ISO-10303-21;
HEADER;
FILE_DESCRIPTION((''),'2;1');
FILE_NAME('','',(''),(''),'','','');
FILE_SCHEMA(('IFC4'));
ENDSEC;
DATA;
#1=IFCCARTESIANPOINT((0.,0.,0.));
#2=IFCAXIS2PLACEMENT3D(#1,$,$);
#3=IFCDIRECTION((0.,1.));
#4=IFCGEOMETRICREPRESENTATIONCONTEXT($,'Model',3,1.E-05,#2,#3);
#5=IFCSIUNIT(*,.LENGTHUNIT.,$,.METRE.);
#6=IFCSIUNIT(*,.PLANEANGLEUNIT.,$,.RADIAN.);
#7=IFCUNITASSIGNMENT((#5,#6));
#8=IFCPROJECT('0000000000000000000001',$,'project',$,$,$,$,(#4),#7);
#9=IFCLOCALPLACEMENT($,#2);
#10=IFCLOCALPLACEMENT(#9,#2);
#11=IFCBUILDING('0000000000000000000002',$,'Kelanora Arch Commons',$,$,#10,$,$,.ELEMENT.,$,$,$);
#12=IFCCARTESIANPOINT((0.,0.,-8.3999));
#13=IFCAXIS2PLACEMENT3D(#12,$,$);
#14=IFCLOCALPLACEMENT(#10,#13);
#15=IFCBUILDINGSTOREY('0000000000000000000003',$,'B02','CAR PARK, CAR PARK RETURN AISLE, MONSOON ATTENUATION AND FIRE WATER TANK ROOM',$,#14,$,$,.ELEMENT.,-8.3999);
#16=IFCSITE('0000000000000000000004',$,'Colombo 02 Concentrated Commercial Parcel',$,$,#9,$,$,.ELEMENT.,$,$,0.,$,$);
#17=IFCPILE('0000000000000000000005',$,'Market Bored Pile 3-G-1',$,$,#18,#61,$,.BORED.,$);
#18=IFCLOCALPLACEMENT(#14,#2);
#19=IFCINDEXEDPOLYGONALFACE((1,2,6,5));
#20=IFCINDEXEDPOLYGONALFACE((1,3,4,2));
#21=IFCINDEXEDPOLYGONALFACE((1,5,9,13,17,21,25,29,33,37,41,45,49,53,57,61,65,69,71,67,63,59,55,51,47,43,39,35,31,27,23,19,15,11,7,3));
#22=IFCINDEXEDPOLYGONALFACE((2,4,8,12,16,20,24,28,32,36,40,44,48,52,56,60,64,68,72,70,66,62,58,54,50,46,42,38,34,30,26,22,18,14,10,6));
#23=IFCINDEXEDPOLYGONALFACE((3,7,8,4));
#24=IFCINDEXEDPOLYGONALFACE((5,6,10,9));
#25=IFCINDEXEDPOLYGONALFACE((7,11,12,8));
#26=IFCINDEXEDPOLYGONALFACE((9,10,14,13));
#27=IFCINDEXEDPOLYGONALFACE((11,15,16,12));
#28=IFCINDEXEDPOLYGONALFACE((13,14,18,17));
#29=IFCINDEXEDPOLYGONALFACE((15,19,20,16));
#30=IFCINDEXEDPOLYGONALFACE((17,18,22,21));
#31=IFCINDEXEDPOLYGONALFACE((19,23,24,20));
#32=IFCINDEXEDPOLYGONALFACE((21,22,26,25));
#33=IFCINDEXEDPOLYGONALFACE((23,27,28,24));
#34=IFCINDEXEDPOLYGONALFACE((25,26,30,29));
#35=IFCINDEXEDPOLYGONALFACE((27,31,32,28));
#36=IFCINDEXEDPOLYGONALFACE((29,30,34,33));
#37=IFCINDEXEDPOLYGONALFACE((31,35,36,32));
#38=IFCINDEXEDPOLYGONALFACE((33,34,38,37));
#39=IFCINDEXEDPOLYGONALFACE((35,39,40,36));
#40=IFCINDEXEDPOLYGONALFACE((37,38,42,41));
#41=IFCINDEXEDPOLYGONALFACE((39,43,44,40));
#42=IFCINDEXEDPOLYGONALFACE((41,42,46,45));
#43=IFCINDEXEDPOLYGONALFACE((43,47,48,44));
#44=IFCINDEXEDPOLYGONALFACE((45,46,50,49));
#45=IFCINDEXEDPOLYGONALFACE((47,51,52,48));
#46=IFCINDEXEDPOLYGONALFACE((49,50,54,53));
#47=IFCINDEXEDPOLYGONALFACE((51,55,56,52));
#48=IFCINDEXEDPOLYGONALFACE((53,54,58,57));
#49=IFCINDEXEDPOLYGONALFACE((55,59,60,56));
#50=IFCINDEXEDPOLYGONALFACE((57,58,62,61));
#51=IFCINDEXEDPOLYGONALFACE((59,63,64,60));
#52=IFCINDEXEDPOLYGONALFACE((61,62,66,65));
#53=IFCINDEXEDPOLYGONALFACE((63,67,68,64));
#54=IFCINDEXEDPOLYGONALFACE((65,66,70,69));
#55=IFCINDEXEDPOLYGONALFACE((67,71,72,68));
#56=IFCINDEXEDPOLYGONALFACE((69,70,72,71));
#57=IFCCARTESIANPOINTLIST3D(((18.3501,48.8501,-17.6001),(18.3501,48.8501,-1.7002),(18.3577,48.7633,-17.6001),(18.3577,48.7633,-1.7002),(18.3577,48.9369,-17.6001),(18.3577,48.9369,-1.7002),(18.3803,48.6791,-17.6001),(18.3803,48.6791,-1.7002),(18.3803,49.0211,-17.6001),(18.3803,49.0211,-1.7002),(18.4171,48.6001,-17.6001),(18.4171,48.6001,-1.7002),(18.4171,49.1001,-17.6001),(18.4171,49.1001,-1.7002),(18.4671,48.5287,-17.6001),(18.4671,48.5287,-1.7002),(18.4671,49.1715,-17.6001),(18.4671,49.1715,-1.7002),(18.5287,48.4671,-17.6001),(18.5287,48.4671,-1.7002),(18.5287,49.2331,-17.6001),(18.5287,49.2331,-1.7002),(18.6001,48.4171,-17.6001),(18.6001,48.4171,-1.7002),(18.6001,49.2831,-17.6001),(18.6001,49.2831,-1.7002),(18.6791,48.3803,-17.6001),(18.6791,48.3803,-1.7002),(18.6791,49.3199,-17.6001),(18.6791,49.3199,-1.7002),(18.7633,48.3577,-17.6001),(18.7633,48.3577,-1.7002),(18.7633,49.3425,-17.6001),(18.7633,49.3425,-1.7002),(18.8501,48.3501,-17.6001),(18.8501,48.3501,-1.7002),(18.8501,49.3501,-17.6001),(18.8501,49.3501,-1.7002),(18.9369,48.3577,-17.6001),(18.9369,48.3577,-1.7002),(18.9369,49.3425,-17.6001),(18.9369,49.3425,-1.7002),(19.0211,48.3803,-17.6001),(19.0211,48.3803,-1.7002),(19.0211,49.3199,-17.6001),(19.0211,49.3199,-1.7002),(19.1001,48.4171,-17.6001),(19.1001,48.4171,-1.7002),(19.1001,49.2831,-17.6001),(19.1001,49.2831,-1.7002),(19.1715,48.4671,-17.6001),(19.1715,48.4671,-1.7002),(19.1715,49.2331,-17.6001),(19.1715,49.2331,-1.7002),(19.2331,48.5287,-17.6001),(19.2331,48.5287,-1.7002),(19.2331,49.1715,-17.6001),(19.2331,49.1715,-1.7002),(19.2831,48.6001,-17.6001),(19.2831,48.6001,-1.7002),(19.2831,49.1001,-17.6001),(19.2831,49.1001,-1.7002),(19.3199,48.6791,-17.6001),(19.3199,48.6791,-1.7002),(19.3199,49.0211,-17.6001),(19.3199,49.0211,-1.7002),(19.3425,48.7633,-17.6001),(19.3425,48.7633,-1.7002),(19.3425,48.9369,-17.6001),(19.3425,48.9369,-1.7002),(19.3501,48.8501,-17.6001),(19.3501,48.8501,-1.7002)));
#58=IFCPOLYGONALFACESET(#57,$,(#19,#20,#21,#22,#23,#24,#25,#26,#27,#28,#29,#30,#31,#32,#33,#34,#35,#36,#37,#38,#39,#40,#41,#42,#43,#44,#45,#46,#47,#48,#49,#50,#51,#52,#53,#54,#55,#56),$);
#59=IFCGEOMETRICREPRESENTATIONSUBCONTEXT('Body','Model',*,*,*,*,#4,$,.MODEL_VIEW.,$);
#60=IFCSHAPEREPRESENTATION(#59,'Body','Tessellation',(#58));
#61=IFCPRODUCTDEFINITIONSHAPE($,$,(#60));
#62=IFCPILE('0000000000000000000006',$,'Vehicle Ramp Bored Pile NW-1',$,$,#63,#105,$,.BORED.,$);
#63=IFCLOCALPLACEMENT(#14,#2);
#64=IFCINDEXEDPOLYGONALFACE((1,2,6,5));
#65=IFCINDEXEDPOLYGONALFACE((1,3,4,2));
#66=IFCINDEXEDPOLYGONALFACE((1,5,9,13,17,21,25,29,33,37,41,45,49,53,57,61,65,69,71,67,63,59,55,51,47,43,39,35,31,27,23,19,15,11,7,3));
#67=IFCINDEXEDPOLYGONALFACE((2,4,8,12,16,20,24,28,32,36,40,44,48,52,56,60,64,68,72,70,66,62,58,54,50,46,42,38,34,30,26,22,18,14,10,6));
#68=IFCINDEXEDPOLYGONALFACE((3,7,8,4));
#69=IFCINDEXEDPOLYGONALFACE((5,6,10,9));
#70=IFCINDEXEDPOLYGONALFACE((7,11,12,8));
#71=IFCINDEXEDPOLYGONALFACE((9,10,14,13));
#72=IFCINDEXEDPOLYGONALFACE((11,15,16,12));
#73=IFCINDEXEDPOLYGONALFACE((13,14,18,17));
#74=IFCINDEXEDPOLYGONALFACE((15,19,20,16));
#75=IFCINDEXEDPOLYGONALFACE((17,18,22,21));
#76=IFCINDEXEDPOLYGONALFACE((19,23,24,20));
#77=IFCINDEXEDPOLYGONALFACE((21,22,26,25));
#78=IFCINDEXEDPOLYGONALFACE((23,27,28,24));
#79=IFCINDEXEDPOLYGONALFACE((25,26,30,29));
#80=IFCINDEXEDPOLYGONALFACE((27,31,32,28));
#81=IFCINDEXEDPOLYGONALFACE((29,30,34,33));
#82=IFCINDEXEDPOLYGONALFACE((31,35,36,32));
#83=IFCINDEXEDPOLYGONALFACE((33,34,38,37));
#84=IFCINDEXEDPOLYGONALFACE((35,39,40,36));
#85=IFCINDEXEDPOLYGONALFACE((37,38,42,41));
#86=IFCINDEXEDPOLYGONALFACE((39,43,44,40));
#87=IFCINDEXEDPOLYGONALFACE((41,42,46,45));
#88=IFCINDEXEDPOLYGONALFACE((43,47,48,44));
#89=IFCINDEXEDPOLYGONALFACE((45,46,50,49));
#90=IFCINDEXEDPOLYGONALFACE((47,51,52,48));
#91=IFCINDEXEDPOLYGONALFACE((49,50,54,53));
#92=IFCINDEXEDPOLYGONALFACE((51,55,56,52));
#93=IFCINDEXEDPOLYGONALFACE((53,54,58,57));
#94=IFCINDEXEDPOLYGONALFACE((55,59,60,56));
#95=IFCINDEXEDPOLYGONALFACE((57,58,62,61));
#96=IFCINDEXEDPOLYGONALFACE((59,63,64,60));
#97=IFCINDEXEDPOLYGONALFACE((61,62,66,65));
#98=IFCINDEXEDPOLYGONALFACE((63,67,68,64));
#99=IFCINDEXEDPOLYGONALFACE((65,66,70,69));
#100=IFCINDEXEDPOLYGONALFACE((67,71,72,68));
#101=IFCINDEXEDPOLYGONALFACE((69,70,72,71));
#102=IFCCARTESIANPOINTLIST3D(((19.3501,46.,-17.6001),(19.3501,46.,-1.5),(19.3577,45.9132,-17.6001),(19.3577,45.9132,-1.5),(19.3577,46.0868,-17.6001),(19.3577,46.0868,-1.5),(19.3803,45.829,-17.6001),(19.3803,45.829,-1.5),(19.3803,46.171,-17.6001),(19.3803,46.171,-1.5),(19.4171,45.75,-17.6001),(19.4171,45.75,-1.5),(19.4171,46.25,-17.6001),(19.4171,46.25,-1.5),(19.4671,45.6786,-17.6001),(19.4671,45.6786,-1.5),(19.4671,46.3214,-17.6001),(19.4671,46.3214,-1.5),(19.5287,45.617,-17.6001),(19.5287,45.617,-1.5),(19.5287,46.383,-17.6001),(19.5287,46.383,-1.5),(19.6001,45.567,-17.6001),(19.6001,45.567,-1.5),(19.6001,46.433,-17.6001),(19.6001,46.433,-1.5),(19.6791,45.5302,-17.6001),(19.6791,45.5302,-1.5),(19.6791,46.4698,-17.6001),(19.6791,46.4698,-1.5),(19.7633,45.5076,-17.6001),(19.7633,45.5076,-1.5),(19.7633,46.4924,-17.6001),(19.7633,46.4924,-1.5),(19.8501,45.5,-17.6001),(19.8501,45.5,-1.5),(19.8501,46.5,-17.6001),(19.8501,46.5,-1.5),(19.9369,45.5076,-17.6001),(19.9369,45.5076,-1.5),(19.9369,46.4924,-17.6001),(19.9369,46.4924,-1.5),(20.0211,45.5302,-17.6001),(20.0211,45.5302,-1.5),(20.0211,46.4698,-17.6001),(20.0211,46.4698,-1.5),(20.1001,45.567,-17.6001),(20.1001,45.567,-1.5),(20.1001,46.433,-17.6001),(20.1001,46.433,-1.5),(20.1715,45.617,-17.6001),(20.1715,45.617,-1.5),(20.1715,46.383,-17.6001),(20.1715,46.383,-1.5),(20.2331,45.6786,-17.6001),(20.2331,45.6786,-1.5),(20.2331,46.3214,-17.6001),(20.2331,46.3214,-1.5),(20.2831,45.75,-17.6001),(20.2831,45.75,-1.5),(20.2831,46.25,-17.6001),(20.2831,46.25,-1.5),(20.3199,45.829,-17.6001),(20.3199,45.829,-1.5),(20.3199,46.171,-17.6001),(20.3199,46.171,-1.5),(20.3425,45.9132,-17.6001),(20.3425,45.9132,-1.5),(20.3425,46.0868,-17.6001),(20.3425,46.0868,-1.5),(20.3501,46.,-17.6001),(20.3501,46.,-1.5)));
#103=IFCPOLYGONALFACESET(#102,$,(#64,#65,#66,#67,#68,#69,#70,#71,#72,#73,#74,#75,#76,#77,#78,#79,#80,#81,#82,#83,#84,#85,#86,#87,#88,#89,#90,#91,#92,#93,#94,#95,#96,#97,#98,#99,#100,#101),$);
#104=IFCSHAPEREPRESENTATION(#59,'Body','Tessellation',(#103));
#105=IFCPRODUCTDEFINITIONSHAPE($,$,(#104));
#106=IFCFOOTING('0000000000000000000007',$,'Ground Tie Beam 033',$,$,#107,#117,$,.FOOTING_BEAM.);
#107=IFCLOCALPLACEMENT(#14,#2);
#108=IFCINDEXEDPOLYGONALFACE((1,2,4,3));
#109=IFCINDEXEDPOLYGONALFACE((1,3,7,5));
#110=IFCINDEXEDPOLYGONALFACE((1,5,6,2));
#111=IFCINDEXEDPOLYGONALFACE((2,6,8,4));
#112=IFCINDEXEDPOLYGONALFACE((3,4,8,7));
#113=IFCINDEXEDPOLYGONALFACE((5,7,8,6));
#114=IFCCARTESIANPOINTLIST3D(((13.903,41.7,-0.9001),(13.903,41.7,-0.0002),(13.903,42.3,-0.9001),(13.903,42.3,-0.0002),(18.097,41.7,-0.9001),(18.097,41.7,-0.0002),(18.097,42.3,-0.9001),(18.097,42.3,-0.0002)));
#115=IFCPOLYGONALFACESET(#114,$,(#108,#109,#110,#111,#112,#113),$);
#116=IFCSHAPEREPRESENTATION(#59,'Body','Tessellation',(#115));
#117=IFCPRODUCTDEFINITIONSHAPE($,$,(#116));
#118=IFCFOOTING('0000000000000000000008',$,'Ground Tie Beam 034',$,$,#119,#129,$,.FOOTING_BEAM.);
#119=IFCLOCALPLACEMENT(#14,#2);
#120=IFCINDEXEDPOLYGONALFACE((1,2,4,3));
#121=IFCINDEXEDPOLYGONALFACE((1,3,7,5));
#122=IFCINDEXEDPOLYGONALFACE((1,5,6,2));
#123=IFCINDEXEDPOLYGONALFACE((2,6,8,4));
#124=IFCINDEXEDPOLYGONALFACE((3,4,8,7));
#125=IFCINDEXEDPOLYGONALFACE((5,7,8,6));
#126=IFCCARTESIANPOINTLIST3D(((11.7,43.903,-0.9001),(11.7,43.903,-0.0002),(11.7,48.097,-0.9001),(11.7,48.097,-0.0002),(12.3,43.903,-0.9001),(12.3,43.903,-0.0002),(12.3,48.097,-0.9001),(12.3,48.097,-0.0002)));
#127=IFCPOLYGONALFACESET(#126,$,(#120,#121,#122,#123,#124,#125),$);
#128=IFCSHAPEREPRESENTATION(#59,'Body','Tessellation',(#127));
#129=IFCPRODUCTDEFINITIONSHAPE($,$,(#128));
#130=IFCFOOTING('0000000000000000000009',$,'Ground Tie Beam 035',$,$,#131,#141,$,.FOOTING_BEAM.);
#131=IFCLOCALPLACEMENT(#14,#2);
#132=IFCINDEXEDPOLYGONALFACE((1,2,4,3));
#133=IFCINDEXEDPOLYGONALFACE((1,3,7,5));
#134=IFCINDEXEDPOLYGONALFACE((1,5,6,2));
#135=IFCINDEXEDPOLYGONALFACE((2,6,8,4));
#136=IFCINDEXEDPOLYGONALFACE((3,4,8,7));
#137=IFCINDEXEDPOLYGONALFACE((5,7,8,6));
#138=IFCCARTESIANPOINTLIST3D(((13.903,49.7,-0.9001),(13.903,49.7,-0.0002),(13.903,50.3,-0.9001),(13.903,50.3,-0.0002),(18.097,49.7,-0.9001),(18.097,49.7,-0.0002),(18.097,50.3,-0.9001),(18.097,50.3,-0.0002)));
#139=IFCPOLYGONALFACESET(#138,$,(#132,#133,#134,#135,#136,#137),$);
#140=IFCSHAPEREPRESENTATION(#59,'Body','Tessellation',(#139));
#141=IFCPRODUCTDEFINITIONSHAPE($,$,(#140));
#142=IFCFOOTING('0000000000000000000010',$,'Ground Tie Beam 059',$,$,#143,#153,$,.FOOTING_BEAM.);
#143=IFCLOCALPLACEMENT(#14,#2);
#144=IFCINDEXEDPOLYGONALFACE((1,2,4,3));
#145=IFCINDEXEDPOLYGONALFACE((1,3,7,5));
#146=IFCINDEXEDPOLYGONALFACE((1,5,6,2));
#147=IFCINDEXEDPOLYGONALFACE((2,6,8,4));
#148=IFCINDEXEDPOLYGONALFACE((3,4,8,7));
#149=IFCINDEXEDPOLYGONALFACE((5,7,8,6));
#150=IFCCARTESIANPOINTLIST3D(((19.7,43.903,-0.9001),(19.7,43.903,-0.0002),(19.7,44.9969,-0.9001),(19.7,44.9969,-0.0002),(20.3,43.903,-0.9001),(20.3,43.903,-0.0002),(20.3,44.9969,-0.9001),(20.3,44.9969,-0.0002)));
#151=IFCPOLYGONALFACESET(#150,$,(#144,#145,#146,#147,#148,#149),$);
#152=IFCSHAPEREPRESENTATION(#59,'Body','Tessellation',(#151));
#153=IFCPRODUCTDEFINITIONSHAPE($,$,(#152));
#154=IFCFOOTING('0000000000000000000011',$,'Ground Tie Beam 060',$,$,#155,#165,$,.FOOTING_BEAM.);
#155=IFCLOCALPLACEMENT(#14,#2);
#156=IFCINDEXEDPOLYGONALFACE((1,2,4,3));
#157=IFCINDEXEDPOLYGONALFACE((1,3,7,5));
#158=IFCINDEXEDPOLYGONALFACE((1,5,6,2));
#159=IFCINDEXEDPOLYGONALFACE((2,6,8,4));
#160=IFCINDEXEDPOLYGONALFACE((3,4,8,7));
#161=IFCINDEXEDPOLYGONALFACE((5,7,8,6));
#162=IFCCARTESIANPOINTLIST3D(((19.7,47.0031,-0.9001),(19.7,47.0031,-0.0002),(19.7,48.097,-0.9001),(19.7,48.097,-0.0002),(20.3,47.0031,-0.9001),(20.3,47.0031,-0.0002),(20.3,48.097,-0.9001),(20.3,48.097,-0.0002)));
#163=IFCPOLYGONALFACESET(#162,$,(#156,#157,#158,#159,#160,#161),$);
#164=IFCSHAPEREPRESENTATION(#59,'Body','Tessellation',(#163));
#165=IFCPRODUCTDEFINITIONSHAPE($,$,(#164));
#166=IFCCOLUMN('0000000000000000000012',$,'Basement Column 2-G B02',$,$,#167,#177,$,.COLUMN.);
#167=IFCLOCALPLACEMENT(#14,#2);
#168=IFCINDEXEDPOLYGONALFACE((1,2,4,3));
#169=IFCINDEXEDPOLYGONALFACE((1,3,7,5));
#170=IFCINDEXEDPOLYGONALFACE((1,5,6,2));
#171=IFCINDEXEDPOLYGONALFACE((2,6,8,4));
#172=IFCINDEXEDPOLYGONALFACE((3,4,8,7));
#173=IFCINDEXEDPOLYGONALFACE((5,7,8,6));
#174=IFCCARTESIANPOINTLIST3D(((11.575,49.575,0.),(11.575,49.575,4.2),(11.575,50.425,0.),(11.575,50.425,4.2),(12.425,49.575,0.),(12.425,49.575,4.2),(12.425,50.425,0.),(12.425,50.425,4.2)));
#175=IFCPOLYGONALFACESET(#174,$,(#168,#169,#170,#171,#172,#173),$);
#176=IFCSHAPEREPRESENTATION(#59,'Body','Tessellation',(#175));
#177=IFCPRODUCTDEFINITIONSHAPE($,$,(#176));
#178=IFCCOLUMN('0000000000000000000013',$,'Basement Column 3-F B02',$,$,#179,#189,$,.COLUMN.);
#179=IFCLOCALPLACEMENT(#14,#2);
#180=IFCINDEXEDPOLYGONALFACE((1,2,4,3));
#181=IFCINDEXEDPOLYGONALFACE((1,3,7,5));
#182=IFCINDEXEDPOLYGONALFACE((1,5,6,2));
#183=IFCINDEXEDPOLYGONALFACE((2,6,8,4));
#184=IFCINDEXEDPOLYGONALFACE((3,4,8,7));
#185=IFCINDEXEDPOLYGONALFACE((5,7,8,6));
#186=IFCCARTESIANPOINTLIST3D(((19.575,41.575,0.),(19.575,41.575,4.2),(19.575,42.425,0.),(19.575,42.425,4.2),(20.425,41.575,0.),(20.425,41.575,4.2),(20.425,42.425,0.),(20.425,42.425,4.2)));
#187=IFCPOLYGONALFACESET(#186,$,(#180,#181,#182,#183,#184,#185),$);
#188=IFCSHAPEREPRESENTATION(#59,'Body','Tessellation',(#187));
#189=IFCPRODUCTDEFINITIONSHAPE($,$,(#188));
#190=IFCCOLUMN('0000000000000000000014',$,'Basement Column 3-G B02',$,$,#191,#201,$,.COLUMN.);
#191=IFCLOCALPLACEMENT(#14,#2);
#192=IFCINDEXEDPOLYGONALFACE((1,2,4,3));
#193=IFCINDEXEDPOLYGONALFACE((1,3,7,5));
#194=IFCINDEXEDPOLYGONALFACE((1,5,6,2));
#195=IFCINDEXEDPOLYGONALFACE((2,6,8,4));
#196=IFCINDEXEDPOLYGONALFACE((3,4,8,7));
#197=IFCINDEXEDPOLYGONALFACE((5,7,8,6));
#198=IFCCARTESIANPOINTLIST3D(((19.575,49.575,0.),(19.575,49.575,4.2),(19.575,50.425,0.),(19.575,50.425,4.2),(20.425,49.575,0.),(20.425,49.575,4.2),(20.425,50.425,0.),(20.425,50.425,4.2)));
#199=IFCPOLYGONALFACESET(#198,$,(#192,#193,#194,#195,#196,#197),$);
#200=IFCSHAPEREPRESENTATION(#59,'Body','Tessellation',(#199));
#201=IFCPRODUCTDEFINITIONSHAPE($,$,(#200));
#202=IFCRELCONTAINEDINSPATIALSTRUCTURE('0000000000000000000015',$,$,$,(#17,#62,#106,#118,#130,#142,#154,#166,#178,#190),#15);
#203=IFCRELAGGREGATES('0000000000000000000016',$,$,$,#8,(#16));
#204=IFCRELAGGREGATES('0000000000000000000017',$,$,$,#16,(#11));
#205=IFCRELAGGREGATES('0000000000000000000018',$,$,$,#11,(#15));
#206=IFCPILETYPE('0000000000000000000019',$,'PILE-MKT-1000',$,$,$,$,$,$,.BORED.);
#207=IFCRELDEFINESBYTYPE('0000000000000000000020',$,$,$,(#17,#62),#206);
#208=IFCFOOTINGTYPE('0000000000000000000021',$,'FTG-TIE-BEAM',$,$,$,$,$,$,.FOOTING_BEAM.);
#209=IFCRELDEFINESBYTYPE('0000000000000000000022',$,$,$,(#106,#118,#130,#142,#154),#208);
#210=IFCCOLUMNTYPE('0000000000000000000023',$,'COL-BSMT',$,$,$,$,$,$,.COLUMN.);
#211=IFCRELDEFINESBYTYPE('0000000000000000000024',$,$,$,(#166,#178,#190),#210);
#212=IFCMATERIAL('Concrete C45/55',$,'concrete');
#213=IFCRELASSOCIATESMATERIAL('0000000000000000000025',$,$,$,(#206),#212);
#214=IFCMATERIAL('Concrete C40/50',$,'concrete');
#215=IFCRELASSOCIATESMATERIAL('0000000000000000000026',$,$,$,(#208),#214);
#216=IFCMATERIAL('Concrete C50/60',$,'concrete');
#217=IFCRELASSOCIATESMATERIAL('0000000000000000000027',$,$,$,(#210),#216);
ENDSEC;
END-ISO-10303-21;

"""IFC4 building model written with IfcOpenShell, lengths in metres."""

from ifc_helpers import new_model, si_unit, direction, frame, origin, origin_2d, place, context, subcontext, project, spatial, rectangle, circle, extrude, source, transform, mapped, material, material_profile, profile_set, type_object, element, save


model = new_model("IFC4")

# Units and contexts
model_context = context("Model", 3, precision=1e-05, world=origin(), true_north=direction((0.0, 1.0)))
body_context = subcontext(model_context, "Body", "Model", "MODEL_VIEW")
ifc_project = project(units=[si_unit("LENGTHUNIT", "METRE"), si_unit("PLANEANGLEUNIT", "RADIAN")], contexts=[model_context])

# Site, building, storey
site_placement = place(None, origin())
site = spatial("IfcSite", under=ifc_project, at=site_placement, Name="Colombo 02 Concentrated Commercial Parcel", CompositionType="ELEMENT", RefElevation=0.0)
building_placement = place(site_placement, origin())
building = spatial("IfcBuilding", under=site, at=building_placement, Name="Kelanora Arch Commons", CompositionType="ELEMENT")
storey_placement = place(building_placement, frame((0.0, 0.0, -8.3999)))
storey = spatial("IfcBuildingStorey", under=building, at=storey_placement, Name="B02", Description="CAR PARK, CAR PARK RETURN AISLE, MONSOON ATTENUATION AND FIRE WATER TANK ROOM", CompositionType="ELEMENT", Elevation=-8.3999)

# Shared definitions
ifc_material_1 = material(Name="Concrete C40/50", Category="concrete")

# Piles
ifc_material_2 = material(Name="Concrete C45/55", Category="concrete")
ifc_material_profile_1 = material_profile(ifc_material_2, circle(Radius=0.5, at=origin_2d()), Name="PILE1000")
ifc_profile_set_1 = profile_set([ifc_material_profile_1], Name="Concrete C45/55")
pile_type = type_object("IfcPileType", Name="PILE-MKT-1000", PredefinedType="BORED", material=ifc_profile_set_1)
shared_shape_1 = source(origin(), body_context, "Body", "SweptSolid", [
    extrude(circle(Radius=0.5, at=origin_2d()), origin(), (0.0, 0.0, 1.0), 15.8999),
])
for number, where, z_axis, x_axis, name in (
    (1, (18.8501, 48.8501, -1.7002), (0.0, 0.0, -1.0), (1.0, 0.0, 0.0), "Market Bored Pile 3-G-1"),
):
    element("IfcPile", number, at=place(storey_placement, frame(where, z_axis=z_axis, x_axis=x_axis)), inside=storey, type_object=pile_type, Name=name, PredefinedType="BORED", context=body_context, shape_type="MappedRepresentation", body=[
        mapped(shared_shape_1, transform((0.0, 0.0, 0.0), scale=1.0)),
    ])
shared_shape_2 = source(origin(), body_context, "Body", "SweptSolid", [
    extrude(circle(Radius=0.5, at=origin_2d()), origin(), (0.0, 0.0, 1.0), 16.1001),
])
pile_placement = place(storey_placement, frame((19.8501, 46.0, -1.5), z_axis=(0.0, 0.0, -1.0), x_axis=(1.0, 0.0, 0.0)))
element("IfcPile", 2, at=pile_placement, inside=storey, type_object=pile_type, Name="Vehicle Ramp Bored Pile NW-1", PredefinedType="BORED", context=body_context, shape_type="MappedRepresentation", body=[
    mapped(shared_shape_2, transform((0.0, 0.0, 0.0), scale=1.0)),
])

# Footings
footing_type_1 = type_object("IfcFootingType", Name="FTG-TIE-BEAM", PredefinedType="FOOTING_BEAM", material=ifc_material_1)
shared_shape_3 = source(origin(), body_context, "Body", "SweptSolid", [
    extrude(rectangle(XDim=4.1941, YDim=0.6001, at=origin_2d()), origin(), (0.0, 0.0, 1.0), 0.8999),
])
for number, where, z_axis, x_axis, name in (
    (3, (16.0, 42.0, -0.9001), (0.0, 0.0, 1.0), (1.0, 0.0, 0.0), "Ground Tie Beam 033"),
    (4, (12.0, 46.0, -0.9001), (0.0, 0.0, 1.0), (0.0, 1.0, 0.0), "Ground Tie Beam 034"),
    (5, (16.0, 50.0, -0.9001), (0.0, 0.0, 1.0), (1.0, 0.0, 0.0), "Ground Tie Beam 035"),
):
    element("IfcFooting", number, at=place(storey_placement, frame(where, z_axis=z_axis, x_axis=x_axis)), inside=storey, type_object=footing_type_1, Name=name, PredefinedType="FOOTING_BEAM", context=body_context, shape_type="MappedRepresentation", body=[
        mapped(shared_shape_3, transform((0.0, 0.0, 0.0), scale=1.0)),
    ])
shared_shape_4 = source(origin(), body_context, "Body", "SweptSolid", [
    extrude(rectangle(XDim=1.094, YDim=0.6001, at=origin_2d()), origin(), (0.0, 0.0, 1.0), 0.8999),
])
for number, where, z_axis, x_axis, name in (
    (6, (20.0, 44.45, -0.9001), (0.0, 0.0, 1.0), (0.0, 1.0, 0.0), "Ground Tie Beam 059"),
    (7, (20.0, 47.55, -0.9001), (0.0, 0.0, 1.0), (0.0, 1.0, 0.0), "Ground Tie Beam 060"),
):
    element("IfcFooting", number, at=place(storey_placement, frame(where, z_axis=z_axis, x_axis=x_axis)), inside=storey, type_object=footing_type_1, Name=name, PredefinedType="FOOTING_BEAM", context=body_context, shape_type="MappedRepresentation", body=[
        mapped(shared_shape_4, transform((0.0, 0.0, 0.0), scale=1.0)),
    ])

# Columns
ifc_material_3 = material(Name="Concrete C50/60", Category="concrete")
ifc_material_profile_2 = material_profile(ifc_material_3, rectangle(XDim=0.8501, YDim=0.8501, at=origin_2d()), Name="RC850x850")
ifc_profile_set_2 = profile_set([ifc_material_profile_2], Name="Concrete C50/60")
column_type = type_object("IfcColumnType", Name="COL-BSMT", PredefinedType="COLUMN", material=ifc_profile_set_2)
for number, where, z_axis, x_axis, name in (
    (8, (12.0, 50.0, 0.0), (0.0, 0.0, 1.0), (1.0, 0.0, 0.0), "Basement Column 2-G B02"),
    (9, (20.0, 42.0, 0.0), (0.0, 0.0, 1.0), (1.0, 0.0, 0.0), "Basement Column 3-F B02"),
    (10, (20.0, 50.0, 0.0), (0.0, 0.0, 1.0), (1.0, 0.0, 0.0), "Basement Column 3-G B02"),
):
    element("IfcColumn", number, at=place(storey_placement, frame(where, z_axis=z_axis, x_axis=x_axis)), inside=storey, type_object=column_type, Name=name, PredefinedType="COLUMN", context=body_context, shape_type="SweptSolid", body=[
        extrude(rectangle(XDim=0.8501, YDim=0.8501, at=origin_2d()), origin(), (0.0, 0.0, 1.0), 4.2),
    ])

save(model, "model.ifc")
